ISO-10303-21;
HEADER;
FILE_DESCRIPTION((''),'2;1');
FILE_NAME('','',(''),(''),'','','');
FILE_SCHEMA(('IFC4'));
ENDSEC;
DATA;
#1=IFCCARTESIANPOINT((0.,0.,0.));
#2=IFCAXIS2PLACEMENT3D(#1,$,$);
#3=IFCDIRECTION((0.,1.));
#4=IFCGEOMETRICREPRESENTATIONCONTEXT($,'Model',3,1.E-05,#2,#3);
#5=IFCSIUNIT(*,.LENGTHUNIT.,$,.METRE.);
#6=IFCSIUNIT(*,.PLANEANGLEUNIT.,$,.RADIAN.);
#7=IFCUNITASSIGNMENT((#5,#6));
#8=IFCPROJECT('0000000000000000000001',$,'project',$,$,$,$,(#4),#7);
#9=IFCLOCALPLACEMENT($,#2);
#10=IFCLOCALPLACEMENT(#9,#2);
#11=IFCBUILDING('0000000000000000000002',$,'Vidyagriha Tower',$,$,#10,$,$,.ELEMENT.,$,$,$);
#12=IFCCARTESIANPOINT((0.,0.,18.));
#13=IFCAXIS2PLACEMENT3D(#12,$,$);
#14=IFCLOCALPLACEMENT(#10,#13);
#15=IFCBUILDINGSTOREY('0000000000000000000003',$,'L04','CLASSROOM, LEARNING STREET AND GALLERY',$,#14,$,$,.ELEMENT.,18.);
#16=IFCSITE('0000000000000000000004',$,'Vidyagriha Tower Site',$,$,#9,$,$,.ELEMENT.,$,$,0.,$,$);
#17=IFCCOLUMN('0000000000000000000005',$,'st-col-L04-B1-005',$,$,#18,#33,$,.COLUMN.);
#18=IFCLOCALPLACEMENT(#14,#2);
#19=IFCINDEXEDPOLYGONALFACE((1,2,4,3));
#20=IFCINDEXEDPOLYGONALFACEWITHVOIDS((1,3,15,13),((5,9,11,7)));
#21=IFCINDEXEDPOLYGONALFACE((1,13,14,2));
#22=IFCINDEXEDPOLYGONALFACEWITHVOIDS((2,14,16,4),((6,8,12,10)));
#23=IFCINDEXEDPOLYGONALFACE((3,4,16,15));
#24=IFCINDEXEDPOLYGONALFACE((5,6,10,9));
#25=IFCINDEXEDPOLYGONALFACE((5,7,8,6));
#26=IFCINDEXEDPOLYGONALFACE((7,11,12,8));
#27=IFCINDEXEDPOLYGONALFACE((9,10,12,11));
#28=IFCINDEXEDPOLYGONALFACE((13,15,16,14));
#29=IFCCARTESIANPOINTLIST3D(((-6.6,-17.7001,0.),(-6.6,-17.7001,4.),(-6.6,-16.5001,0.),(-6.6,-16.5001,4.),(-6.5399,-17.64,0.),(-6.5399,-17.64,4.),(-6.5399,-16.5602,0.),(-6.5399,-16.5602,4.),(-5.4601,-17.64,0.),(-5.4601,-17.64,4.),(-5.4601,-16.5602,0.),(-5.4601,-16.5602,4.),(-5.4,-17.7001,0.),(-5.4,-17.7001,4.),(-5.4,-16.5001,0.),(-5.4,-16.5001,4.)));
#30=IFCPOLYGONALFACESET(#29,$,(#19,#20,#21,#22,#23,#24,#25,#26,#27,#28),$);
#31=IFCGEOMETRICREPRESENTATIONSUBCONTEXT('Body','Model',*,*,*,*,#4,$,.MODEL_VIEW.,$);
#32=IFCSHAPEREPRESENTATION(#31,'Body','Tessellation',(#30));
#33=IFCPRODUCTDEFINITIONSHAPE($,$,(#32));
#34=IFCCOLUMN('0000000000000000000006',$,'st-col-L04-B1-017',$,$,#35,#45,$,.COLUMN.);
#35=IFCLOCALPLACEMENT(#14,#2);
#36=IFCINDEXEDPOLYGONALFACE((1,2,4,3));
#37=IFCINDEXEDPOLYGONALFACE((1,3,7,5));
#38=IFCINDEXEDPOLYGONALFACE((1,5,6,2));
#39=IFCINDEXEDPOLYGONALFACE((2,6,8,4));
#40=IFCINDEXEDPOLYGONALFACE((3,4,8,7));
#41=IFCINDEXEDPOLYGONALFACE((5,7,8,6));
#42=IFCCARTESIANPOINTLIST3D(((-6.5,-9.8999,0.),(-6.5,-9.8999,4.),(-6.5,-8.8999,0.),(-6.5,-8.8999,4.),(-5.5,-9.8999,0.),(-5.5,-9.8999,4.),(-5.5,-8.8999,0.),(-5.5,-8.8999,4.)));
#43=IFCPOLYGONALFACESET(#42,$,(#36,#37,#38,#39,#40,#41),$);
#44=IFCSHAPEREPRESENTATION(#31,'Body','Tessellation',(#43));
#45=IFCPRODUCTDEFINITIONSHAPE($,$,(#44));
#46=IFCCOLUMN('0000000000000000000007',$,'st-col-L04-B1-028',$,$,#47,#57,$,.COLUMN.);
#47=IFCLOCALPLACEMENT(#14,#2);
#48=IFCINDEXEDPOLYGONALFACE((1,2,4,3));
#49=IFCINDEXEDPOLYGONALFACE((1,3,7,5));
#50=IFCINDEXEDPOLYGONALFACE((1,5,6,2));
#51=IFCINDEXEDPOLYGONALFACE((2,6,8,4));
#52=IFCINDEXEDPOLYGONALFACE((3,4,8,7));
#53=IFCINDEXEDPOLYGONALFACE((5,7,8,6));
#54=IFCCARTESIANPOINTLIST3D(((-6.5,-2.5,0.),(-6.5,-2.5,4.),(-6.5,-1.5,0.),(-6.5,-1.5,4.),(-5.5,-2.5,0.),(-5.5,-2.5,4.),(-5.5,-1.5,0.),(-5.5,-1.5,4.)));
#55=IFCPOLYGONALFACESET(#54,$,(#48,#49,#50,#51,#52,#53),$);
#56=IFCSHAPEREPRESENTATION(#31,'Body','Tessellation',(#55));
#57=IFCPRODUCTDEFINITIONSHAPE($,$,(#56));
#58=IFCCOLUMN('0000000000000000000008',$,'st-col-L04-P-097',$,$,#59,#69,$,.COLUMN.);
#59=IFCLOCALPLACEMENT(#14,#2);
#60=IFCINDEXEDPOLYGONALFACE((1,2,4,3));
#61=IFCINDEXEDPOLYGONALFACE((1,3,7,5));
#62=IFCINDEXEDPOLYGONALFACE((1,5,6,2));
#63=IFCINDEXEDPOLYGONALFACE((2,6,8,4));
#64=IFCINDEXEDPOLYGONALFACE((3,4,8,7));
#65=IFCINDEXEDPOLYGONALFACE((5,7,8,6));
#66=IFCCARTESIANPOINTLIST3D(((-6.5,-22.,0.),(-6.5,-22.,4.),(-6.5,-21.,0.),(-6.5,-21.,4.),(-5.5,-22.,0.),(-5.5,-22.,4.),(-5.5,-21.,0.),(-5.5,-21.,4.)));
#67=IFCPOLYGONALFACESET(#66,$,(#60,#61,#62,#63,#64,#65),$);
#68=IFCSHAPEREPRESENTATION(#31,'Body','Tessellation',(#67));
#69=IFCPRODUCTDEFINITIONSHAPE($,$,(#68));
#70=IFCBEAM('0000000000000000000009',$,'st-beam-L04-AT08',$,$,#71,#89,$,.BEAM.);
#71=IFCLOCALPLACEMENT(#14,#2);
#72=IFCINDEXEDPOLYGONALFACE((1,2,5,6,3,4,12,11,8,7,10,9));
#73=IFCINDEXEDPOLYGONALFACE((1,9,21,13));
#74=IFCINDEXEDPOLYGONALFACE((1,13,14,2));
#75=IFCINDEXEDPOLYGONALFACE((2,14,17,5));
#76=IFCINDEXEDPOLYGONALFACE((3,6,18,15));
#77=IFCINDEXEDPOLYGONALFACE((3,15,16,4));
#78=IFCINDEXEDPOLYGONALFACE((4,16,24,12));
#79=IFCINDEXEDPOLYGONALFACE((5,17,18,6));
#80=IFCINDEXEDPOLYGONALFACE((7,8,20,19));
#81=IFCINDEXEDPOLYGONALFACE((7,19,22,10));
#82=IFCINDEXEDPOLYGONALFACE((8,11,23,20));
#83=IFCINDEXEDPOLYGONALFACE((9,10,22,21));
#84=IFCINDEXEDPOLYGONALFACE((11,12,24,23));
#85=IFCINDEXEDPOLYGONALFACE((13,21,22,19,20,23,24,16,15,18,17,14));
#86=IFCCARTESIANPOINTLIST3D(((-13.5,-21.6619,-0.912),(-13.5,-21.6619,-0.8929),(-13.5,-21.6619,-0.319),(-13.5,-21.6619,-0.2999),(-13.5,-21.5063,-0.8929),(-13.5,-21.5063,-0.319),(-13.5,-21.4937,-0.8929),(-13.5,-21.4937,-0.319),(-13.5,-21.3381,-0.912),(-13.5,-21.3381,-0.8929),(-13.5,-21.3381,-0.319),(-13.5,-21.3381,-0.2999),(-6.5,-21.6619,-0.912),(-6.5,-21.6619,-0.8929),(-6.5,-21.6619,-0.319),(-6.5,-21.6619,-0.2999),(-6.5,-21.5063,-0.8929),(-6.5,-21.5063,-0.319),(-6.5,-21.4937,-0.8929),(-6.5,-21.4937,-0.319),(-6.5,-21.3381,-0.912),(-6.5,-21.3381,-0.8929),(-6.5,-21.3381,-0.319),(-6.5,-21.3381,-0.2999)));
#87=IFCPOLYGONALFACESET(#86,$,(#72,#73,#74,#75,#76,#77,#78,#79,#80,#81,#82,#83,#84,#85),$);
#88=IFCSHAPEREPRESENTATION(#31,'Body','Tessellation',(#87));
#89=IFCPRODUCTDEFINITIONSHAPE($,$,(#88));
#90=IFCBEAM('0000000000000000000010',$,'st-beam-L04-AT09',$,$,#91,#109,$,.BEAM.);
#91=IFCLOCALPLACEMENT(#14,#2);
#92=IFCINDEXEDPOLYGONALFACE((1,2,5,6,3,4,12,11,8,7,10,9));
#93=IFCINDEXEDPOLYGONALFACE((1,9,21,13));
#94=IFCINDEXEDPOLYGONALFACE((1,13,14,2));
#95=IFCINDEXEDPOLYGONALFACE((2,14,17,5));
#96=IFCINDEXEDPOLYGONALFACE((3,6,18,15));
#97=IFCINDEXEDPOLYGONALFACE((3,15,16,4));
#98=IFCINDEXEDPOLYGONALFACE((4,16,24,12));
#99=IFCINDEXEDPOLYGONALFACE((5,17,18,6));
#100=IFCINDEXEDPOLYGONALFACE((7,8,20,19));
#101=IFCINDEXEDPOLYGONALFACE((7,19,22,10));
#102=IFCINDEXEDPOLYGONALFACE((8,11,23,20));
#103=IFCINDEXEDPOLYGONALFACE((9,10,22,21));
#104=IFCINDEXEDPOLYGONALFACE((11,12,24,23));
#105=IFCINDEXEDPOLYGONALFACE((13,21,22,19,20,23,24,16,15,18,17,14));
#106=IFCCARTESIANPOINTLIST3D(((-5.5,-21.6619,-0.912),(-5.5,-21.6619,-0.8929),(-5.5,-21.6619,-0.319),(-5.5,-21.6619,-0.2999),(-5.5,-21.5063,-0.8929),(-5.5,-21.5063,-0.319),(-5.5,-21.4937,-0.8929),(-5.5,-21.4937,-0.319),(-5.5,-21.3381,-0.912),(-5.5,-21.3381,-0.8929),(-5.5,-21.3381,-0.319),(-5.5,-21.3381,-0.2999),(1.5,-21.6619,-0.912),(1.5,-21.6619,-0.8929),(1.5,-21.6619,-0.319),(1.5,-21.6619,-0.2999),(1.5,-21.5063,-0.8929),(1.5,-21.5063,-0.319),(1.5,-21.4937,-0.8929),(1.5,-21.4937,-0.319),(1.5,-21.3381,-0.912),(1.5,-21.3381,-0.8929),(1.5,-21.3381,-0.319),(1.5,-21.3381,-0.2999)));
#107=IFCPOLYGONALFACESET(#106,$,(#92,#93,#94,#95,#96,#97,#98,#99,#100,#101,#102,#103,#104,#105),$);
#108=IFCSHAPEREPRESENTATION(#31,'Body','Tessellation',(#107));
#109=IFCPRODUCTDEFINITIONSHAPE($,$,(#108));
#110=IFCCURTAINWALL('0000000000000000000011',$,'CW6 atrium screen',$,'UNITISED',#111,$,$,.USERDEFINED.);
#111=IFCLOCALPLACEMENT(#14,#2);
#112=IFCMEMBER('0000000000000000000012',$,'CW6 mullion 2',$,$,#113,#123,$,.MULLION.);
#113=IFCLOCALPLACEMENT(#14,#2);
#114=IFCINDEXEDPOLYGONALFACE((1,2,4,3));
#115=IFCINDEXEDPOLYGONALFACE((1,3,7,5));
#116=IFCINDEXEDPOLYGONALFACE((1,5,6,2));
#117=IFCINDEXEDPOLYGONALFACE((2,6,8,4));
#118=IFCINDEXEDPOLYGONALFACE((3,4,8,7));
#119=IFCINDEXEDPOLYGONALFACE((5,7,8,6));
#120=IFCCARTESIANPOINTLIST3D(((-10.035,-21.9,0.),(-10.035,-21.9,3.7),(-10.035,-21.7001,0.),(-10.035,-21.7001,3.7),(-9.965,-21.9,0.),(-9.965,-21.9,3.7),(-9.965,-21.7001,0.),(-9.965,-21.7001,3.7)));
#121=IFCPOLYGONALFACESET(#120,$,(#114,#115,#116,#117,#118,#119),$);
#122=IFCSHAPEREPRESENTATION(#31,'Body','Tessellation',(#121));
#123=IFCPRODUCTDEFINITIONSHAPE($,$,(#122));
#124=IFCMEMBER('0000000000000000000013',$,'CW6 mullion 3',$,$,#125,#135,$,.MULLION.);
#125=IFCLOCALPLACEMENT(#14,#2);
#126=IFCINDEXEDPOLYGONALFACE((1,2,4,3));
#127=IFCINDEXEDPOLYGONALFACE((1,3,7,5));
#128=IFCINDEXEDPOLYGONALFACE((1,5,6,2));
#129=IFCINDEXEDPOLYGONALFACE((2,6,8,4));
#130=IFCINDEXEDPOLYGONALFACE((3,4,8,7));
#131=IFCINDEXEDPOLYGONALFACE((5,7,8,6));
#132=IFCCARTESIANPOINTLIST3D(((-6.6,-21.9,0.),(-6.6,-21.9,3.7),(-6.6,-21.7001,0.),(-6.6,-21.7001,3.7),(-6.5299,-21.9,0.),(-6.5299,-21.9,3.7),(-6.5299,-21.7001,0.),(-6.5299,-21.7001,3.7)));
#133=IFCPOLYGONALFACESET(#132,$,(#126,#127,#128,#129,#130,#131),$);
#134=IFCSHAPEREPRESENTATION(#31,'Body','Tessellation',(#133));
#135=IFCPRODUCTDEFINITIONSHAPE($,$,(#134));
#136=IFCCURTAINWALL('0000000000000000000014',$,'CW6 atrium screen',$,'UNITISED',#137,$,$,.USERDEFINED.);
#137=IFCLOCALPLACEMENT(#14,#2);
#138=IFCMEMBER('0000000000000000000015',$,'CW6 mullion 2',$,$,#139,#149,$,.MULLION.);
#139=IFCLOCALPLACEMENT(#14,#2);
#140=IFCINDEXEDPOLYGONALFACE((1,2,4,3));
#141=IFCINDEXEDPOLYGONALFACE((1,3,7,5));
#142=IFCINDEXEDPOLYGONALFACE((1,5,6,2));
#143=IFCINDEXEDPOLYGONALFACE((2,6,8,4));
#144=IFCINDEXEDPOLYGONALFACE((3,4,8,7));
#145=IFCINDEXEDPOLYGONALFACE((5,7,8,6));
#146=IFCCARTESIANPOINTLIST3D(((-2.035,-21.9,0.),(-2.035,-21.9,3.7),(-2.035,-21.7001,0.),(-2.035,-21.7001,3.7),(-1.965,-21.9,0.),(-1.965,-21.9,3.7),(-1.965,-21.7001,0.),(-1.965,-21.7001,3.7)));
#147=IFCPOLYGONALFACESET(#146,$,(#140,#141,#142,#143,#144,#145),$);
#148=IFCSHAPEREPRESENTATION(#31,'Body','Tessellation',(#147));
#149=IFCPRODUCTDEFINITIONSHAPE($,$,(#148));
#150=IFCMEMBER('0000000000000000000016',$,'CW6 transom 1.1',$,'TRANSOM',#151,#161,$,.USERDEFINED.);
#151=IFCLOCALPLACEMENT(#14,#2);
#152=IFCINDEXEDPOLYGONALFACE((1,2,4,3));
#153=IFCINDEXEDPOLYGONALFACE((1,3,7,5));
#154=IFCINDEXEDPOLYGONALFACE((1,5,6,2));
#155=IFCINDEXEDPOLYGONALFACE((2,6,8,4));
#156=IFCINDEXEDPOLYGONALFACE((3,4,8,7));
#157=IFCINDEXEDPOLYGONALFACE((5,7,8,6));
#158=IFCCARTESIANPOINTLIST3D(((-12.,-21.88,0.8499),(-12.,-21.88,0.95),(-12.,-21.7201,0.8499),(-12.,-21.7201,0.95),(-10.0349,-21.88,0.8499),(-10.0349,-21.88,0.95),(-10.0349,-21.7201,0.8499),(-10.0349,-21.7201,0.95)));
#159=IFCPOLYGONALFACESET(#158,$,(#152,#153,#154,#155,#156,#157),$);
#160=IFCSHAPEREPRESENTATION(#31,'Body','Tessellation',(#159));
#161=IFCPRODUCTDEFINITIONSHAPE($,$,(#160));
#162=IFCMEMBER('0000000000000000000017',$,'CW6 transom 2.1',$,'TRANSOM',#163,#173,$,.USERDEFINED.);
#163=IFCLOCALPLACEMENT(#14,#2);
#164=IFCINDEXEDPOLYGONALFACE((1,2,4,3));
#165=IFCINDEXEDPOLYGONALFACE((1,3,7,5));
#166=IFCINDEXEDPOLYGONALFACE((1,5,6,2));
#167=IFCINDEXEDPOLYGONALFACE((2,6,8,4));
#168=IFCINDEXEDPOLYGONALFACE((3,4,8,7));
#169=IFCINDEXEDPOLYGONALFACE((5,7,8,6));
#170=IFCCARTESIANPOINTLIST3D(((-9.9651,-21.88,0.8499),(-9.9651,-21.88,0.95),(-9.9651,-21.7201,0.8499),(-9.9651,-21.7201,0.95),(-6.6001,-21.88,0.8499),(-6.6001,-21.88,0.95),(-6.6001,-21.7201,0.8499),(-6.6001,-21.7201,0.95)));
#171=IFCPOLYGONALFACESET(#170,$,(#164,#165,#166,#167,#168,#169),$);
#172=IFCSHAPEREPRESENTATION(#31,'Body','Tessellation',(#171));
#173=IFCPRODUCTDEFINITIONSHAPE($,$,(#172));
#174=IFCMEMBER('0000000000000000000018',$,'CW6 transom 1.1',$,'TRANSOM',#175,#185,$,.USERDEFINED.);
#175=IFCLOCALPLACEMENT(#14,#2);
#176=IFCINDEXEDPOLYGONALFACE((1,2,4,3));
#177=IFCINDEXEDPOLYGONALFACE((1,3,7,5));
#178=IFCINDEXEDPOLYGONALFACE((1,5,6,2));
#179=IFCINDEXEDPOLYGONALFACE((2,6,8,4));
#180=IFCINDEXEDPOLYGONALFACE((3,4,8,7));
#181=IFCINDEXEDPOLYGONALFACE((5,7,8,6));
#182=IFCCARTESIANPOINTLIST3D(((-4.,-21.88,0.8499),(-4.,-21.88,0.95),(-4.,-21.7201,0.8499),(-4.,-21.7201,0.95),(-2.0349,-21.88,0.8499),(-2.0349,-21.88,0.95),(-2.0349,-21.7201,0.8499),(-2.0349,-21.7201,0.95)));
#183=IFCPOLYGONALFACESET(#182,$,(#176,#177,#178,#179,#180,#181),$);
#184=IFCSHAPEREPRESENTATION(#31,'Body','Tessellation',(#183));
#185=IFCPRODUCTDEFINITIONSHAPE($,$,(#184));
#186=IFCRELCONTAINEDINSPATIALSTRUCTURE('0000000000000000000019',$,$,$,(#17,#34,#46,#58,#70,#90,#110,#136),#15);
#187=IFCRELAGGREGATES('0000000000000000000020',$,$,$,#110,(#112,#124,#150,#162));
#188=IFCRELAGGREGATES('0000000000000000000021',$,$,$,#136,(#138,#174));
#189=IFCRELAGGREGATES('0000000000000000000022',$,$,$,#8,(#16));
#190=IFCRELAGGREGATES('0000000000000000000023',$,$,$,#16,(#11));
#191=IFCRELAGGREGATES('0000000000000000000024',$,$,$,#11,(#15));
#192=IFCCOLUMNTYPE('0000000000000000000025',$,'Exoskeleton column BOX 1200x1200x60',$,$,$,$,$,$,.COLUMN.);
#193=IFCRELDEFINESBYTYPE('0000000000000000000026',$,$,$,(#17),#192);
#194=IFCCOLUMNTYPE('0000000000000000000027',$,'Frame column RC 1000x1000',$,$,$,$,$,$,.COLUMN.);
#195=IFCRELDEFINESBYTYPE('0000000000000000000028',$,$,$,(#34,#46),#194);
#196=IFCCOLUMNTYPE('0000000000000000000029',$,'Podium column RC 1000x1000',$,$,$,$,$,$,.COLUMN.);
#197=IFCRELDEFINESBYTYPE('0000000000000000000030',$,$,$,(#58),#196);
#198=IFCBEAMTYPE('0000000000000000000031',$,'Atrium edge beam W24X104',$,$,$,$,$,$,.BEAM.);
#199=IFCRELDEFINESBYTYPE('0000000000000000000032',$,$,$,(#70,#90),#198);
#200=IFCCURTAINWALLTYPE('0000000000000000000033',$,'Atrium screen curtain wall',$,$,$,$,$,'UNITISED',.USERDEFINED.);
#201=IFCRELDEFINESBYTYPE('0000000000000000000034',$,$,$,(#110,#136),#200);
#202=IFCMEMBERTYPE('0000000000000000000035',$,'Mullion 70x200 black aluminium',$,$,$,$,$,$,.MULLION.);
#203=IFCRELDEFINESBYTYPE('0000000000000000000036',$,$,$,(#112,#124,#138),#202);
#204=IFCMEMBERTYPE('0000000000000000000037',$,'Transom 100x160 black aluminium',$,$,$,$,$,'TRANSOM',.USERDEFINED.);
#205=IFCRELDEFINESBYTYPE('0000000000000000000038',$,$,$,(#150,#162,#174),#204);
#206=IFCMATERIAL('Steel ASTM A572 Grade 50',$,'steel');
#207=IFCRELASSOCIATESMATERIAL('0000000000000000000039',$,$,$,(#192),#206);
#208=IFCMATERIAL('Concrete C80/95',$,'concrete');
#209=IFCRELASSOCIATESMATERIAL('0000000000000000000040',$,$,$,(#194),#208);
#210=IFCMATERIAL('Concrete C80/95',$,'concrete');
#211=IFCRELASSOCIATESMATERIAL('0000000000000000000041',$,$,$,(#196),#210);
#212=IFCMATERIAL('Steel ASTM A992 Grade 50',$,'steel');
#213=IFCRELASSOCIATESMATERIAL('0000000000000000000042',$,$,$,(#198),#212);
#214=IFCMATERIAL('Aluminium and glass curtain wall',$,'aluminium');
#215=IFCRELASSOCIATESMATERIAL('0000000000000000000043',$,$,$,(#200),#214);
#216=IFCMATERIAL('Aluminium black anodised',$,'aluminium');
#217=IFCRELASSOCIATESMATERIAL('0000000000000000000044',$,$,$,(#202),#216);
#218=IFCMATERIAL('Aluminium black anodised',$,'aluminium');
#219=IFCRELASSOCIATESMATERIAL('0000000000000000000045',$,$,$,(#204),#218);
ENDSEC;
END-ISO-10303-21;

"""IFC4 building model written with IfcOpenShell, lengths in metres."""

from ifc_helpers import new_model, si_unit, direction, frame, origin, origin_2d, place, context, subcontext, project, spatial, rectangle, hollow_rectangle, i_section, extrude, material, material_profile, profile_set, type_object, element, aggregate, save


model = new_model("IFC4")

# Units and contexts
model_context = context("Model", 3, precision=1e-05, world=origin(), true_north=direction((0.0, 1.0)))
body_context = subcontext(model_context, "Body", "Model", "MODEL_VIEW")
ifc_project = project(units=[si_unit("LENGTHUNIT", "METRE"), si_unit("PLANEANGLEUNIT", "RADIAN")], contexts=[model_context])

# Site, building, storey
site_placement = place(None, origin())
site = spatial("IfcSite", under=ifc_project, at=site_placement, Name="Vidyagriha Tower Site", CompositionType="ELEMENT", RefElevation=0.0)
building_placement = place(site_placement, origin())
building = spatial("IfcBuilding", under=site, at=building_placement, Name="Vidyagriha Tower", CompositionType="ELEMENT")
storey_placement = place(building_placement, frame((0.0, 0.0, 18.0)))
storey = spatial("IfcBuildingStorey", under=building, at=storey_placement, Name="L04", Description="CLASSROOM, LEARNING STREET AND GALLERY", CompositionType="ELEMENT", Elevation=18.0)

# Columns
ifc_material_1 = material(Name="Steel ASTM A572 Grade 50", Category="steel")
ifc_material_profile_1 = material_profile(ifc_material_1, hollow_rectangle(XDim=1.2, YDim=1.2, WallThickness=0.0601, at=origin_2d()), Name="BOX 1200x1200x60")
ifc_profile_set_1 = profile_set([ifc_material_profile_1], Name="Steel ASTM A572 Grade 50")
column_type_1 = type_object("IfcColumnType", Name="Exoskeleton column BOX 1200x1200x60", PredefinedType="COLUMN", material=ifc_profile_set_1)
column_1_placement = place(storey_placement, frame((-6.0, -17.1001, 0.0)))
element("IfcColumn", 1, at=column_1_placement, inside=storey, type_object=column_type_1, Name="st-col-L04-B1-005", PredefinedType="COLUMN", context=body_context, shape_type="SweptSolid", body=[
    extrude(hollow_rectangle(XDim=1.2, YDim=1.2, WallThickness=0.0601, at=origin_2d()), origin(), (0.0, 0.0, 1.0), 4.0),
])
ifc_material_2 = material(Name="Concrete C80/95", Category="concrete")
ifc_material_profile_2 = material_profile(ifc_material_2, rectangle(XDim=1.0, YDim=1.0, at=origin_2d()), Name="RC 1000x1000")
ifc_profile_set_2 = profile_set([ifc_material_profile_2], Name="Concrete C80/95")
column_type_2 = type_object("IfcColumnType", Name="Frame column RC 1000x1000", PredefinedType="COLUMN", material=ifc_profile_set_2)
for number, where, name in (
    (2, (-6.0, -9.3999, 0.0), "st-col-L04-B1-017"),
    (3, (-6.0, -2.0, 0.0), "st-col-L04-B1-028"),
):
    element("IfcColumn", number, at=place(storey_placement, frame(where)), inside=storey, type_object=column_type_2, Name=name, PredefinedType="COLUMN", context=body_context, shape_type="SweptSolid", body=[
        extrude(rectangle(XDim=1.0, YDim=1.0, at=origin_2d()), origin(), (0.0, 0.0, 1.0), 4.0),
    ])
ifc_material_3 = material(Name="Concrete C80/95", Category="concrete")
ifc_material_profile_3 = material_profile(ifc_material_3, rectangle(XDim=1.0, YDim=1.0, at=origin_2d()), Name="RC 1000x1000")
ifc_profile_set_3 = profile_set([ifc_material_profile_3], Name="Concrete C80/95")
column_type_3 = type_object("IfcColumnType", Name="Podium column RC 1000x1000", PredefinedType="COLUMN", material=ifc_profile_set_3)
column_2_placement = place(storey_placement, frame((-6.0, -21.5, 0.0)))
element("IfcColumn", 4, at=column_2_placement, inside=storey, type_object=column_type_3, Name="st-col-L04-P-097", PredefinedType="COLUMN", context=body_context, shape_type="SweptSolid", body=[
    extrude(rectangle(XDim=1.0, YDim=1.0, at=origin_2d()), origin(), (0.0, 0.0, 1.0), 4.0),
])

# Beams
ifc_material_4 = material(Name="Steel ASTM A992 Grade 50", Category="steel")
ifc_material_profile_4 = material_profile(ifc_material_4, i_section(OverallWidth=0.3237, OverallDepth=0.6121, WebThickness=0.0127, FlangeThickness=0.019, at=origin_2d()), Name="W24X104")
ifc_profile_set_4 = profile_set([ifc_material_profile_4], Name="Steel ASTM A992 Grade 50")
beam_type = type_object("IfcBeamType", Name="Atrium edge beam W24X104", PredefinedType="BEAM", material=ifc_profile_set_4)
for number, where, z_axis, x_axis, name in (
    (5, (-13.5, -21.5, -0.606), (1.0, 0.0, 0.0), (0.0, 1.0, 0.0), "st-beam-L04-AT08"),
    (6, (-5.5, -21.5, -0.606), (1.0, 0.0, 0.0), (0.0, 1.0, 0.0), "st-beam-L04-AT09"),
):
    element("IfcBeam", number, at=place(storey_placement, frame(where, z_axis=z_axis, x_axis=x_axis)), inside=storey, type_object=beam_type, Name=name, PredefinedType="BEAM", context=body_context, shape_type="SweptSolid", body=[
        extrude(i_section(OverallWidth=0.3237, OverallDepth=0.6121, WebThickness=0.0127, FlangeThickness=0.019, at=origin_2d()), origin(), (0.0, 0.0, 1.0), 7.0),
    ])

# Curtain wall, members
ifc_material_5 = material(Name="Aluminium and glass curtain wall", Category="aluminium")
curtain_wall_type = type_object("IfcCurtainWallType", Name="Atrium screen curtain wall", ElementType="UNITISED", PredefinedType="USERDEFINED", material=ifc_material_5)
curtain_wall_1_placement = place(storey_placement, origin())
curtain_wall_1 = element("IfcCurtainWall", 7, at=curtain_wall_1_placement, inside=storey, type_object=curtain_wall_type, Name="CW6 atrium screen", ObjectType="UNITISED", PredefinedType="USERDEFINED")
ifc_material_6 = material(Name="Aluminium black anodised", Category="aluminium")
ifc_material_profile_5 = material_profile(ifc_material_6, rectangle(XDim=0.2, YDim=0.0701, at=origin_2d()), Name="Mullion 70x200 black aluminium")
ifc_profile_set_5 = profile_set([ifc_material_profile_5], Name="Aluminium black anodised")
member_type_1 = type_object("IfcMemberType", Name="Mullion 70x200 black aluminium", PredefinedType="MULLION", material=ifc_profile_set_5)
member_1_placement = place(storey_placement, frame((-10.0, -21.8, 0.0), z_axis=(0.0, 0.0, 1.0), x_axis=(0.0, 1.0, 0.0)))
member_1 = element("IfcMember", 8, at=member_1_placement, type_object=member_type_1, Name="CW6 mullion 2", PredefinedType="MULLION", context=body_context, shape_type="SweptSolid", body=[
    extrude(rectangle(XDim=0.2, YDim=0.0701, at=origin_2d()), origin(), (0.0, 0.0, 1.0), 3.7),
])
member_2_placement = place(storey_placement, frame((-6.5649, -21.8, 0.0), z_axis=(0.0, 0.0, 1.0), x_axis=(0.0, 1.0, 0.0)))
member_2 = element("IfcMember", 9, at=member_2_placement, type_object=member_type_1, Name="CW6 mullion 3", PredefinedType="MULLION", context=body_context, shape_type="SweptSolid", body=[
    extrude(rectangle(XDim=0.2, YDim=0.0701, at=origin_2d()), origin(), (0.0, 0.0, 1.0), 3.7),
])

# Curtain wall, member
curtain_wall_2_placement = place(storey_placement, origin())
curtain_wall_2 = element("IfcCurtainWall", 10, at=curtain_wall_2_placement, inside=storey, type_object=curtain_wall_type, Name="CW6 atrium screen", ObjectType="UNITISED", PredefinedType="USERDEFINED")
member_3_placement = place(storey_placement, frame((-2.0, -21.8, 0.0), z_axis=(0.0, 0.0, 1.0), x_axis=(0.0, 1.0, 0.0)))
member_3 = element("IfcMember", 11, at=member_3_placement, type_object=member_type_1, Name="CW6 mullion 2", PredefinedType="MULLION", context=body_context, shape_type="SweptSolid", body=[
    extrude(rectangle(XDim=0.2, YDim=0.0701, at=origin_2d()), origin(), (0.0, 0.0, 1.0), 3.7),
])

# Members
ifc_material_7 = material(Name="Aluminium black anodised", Category="aluminium")
ifc_material_profile_6 = material_profile(ifc_material_7, rectangle(XDim=0.1599, YDim=0.1001, at=origin_2d()), Name="Transom 100x160 black aluminium")
ifc_profile_set_6 = profile_set([ifc_material_profile_6], Name="Aluminium black anodised")
member_type_2 = type_object("IfcMemberType", Name="Transom 100x160 black aluminium", ElementType="TRANSOM", PredefinedType="USERDEFINED", material=ifc_profile_set_6)
member_4_placement = place(storey_placement, frame((-12.0, -21.8, 0.8999), z_axis=(1.0, 0.0, 0.0), x_axis=(0.0, 1.0, 0.0)))
member_4 = element("IfcMember", 12, at=member_4_placement, type_object=member_type_2, Name="CW6 transom 1.1", ObjectType="TRANSOM", PredefinedType="USERDEFINED", context=body_context, shape_type="SweptSolid", body=[
    extrude(rectangle(XDim=0.1599, YDim=0.1001, at=origin_2d()), origin(), (0.0, 0.0, 1.0), 1.9651),
])
member_5_placement = place(storey_placement, frame((-9.9651, -21.8, 0.8999), z_axis=(1.0, 0.0, 0.0), x_axis=(0.0, 1.0, 0.0)))
member_5 = element("IfcMember", 13, at=member_5_placement, type_object=member_type_2, Name="CW6 transom 2.1", ObjectType="TRANSOM", PredefinedType="USERDEFINED", context=body_context, shape_type="SweptSolid", body=[
    extrude(rectangle(XDim=0.1599, YDim=0.1001, at=origin_2d()), origin(), (0.0, 0.0, 1.0), 3.365),
])
member_6_placement = place(storey_placement, frame((-4.0, -21.8, 0.8999), z_axis=(1.0, 0.0, 0.0), x_axis=(0.0, 1.0, 0.0)))
member_6 = element("IfcMember", 14, at=member_6_placement, type_object=member_type_2, Name="CW6 transom 1.1", ObjectType="TRANSOM", PredefinedType="USERDEFINED", context=body_context, shape_type="SweptSolid", body=[
    extrude(rectangle(XDim=0.1599, YDim=0.1001, at=origin_2d()), origin(), (0.0, 0.0, 1.0), 1.9651),
])

aggregate(curtain_wall_1, [member_1, member_2, member_4, member_5])
aggregate(curtain_wall_2, [member_3, member_6])

save(model, "model.ifc")
